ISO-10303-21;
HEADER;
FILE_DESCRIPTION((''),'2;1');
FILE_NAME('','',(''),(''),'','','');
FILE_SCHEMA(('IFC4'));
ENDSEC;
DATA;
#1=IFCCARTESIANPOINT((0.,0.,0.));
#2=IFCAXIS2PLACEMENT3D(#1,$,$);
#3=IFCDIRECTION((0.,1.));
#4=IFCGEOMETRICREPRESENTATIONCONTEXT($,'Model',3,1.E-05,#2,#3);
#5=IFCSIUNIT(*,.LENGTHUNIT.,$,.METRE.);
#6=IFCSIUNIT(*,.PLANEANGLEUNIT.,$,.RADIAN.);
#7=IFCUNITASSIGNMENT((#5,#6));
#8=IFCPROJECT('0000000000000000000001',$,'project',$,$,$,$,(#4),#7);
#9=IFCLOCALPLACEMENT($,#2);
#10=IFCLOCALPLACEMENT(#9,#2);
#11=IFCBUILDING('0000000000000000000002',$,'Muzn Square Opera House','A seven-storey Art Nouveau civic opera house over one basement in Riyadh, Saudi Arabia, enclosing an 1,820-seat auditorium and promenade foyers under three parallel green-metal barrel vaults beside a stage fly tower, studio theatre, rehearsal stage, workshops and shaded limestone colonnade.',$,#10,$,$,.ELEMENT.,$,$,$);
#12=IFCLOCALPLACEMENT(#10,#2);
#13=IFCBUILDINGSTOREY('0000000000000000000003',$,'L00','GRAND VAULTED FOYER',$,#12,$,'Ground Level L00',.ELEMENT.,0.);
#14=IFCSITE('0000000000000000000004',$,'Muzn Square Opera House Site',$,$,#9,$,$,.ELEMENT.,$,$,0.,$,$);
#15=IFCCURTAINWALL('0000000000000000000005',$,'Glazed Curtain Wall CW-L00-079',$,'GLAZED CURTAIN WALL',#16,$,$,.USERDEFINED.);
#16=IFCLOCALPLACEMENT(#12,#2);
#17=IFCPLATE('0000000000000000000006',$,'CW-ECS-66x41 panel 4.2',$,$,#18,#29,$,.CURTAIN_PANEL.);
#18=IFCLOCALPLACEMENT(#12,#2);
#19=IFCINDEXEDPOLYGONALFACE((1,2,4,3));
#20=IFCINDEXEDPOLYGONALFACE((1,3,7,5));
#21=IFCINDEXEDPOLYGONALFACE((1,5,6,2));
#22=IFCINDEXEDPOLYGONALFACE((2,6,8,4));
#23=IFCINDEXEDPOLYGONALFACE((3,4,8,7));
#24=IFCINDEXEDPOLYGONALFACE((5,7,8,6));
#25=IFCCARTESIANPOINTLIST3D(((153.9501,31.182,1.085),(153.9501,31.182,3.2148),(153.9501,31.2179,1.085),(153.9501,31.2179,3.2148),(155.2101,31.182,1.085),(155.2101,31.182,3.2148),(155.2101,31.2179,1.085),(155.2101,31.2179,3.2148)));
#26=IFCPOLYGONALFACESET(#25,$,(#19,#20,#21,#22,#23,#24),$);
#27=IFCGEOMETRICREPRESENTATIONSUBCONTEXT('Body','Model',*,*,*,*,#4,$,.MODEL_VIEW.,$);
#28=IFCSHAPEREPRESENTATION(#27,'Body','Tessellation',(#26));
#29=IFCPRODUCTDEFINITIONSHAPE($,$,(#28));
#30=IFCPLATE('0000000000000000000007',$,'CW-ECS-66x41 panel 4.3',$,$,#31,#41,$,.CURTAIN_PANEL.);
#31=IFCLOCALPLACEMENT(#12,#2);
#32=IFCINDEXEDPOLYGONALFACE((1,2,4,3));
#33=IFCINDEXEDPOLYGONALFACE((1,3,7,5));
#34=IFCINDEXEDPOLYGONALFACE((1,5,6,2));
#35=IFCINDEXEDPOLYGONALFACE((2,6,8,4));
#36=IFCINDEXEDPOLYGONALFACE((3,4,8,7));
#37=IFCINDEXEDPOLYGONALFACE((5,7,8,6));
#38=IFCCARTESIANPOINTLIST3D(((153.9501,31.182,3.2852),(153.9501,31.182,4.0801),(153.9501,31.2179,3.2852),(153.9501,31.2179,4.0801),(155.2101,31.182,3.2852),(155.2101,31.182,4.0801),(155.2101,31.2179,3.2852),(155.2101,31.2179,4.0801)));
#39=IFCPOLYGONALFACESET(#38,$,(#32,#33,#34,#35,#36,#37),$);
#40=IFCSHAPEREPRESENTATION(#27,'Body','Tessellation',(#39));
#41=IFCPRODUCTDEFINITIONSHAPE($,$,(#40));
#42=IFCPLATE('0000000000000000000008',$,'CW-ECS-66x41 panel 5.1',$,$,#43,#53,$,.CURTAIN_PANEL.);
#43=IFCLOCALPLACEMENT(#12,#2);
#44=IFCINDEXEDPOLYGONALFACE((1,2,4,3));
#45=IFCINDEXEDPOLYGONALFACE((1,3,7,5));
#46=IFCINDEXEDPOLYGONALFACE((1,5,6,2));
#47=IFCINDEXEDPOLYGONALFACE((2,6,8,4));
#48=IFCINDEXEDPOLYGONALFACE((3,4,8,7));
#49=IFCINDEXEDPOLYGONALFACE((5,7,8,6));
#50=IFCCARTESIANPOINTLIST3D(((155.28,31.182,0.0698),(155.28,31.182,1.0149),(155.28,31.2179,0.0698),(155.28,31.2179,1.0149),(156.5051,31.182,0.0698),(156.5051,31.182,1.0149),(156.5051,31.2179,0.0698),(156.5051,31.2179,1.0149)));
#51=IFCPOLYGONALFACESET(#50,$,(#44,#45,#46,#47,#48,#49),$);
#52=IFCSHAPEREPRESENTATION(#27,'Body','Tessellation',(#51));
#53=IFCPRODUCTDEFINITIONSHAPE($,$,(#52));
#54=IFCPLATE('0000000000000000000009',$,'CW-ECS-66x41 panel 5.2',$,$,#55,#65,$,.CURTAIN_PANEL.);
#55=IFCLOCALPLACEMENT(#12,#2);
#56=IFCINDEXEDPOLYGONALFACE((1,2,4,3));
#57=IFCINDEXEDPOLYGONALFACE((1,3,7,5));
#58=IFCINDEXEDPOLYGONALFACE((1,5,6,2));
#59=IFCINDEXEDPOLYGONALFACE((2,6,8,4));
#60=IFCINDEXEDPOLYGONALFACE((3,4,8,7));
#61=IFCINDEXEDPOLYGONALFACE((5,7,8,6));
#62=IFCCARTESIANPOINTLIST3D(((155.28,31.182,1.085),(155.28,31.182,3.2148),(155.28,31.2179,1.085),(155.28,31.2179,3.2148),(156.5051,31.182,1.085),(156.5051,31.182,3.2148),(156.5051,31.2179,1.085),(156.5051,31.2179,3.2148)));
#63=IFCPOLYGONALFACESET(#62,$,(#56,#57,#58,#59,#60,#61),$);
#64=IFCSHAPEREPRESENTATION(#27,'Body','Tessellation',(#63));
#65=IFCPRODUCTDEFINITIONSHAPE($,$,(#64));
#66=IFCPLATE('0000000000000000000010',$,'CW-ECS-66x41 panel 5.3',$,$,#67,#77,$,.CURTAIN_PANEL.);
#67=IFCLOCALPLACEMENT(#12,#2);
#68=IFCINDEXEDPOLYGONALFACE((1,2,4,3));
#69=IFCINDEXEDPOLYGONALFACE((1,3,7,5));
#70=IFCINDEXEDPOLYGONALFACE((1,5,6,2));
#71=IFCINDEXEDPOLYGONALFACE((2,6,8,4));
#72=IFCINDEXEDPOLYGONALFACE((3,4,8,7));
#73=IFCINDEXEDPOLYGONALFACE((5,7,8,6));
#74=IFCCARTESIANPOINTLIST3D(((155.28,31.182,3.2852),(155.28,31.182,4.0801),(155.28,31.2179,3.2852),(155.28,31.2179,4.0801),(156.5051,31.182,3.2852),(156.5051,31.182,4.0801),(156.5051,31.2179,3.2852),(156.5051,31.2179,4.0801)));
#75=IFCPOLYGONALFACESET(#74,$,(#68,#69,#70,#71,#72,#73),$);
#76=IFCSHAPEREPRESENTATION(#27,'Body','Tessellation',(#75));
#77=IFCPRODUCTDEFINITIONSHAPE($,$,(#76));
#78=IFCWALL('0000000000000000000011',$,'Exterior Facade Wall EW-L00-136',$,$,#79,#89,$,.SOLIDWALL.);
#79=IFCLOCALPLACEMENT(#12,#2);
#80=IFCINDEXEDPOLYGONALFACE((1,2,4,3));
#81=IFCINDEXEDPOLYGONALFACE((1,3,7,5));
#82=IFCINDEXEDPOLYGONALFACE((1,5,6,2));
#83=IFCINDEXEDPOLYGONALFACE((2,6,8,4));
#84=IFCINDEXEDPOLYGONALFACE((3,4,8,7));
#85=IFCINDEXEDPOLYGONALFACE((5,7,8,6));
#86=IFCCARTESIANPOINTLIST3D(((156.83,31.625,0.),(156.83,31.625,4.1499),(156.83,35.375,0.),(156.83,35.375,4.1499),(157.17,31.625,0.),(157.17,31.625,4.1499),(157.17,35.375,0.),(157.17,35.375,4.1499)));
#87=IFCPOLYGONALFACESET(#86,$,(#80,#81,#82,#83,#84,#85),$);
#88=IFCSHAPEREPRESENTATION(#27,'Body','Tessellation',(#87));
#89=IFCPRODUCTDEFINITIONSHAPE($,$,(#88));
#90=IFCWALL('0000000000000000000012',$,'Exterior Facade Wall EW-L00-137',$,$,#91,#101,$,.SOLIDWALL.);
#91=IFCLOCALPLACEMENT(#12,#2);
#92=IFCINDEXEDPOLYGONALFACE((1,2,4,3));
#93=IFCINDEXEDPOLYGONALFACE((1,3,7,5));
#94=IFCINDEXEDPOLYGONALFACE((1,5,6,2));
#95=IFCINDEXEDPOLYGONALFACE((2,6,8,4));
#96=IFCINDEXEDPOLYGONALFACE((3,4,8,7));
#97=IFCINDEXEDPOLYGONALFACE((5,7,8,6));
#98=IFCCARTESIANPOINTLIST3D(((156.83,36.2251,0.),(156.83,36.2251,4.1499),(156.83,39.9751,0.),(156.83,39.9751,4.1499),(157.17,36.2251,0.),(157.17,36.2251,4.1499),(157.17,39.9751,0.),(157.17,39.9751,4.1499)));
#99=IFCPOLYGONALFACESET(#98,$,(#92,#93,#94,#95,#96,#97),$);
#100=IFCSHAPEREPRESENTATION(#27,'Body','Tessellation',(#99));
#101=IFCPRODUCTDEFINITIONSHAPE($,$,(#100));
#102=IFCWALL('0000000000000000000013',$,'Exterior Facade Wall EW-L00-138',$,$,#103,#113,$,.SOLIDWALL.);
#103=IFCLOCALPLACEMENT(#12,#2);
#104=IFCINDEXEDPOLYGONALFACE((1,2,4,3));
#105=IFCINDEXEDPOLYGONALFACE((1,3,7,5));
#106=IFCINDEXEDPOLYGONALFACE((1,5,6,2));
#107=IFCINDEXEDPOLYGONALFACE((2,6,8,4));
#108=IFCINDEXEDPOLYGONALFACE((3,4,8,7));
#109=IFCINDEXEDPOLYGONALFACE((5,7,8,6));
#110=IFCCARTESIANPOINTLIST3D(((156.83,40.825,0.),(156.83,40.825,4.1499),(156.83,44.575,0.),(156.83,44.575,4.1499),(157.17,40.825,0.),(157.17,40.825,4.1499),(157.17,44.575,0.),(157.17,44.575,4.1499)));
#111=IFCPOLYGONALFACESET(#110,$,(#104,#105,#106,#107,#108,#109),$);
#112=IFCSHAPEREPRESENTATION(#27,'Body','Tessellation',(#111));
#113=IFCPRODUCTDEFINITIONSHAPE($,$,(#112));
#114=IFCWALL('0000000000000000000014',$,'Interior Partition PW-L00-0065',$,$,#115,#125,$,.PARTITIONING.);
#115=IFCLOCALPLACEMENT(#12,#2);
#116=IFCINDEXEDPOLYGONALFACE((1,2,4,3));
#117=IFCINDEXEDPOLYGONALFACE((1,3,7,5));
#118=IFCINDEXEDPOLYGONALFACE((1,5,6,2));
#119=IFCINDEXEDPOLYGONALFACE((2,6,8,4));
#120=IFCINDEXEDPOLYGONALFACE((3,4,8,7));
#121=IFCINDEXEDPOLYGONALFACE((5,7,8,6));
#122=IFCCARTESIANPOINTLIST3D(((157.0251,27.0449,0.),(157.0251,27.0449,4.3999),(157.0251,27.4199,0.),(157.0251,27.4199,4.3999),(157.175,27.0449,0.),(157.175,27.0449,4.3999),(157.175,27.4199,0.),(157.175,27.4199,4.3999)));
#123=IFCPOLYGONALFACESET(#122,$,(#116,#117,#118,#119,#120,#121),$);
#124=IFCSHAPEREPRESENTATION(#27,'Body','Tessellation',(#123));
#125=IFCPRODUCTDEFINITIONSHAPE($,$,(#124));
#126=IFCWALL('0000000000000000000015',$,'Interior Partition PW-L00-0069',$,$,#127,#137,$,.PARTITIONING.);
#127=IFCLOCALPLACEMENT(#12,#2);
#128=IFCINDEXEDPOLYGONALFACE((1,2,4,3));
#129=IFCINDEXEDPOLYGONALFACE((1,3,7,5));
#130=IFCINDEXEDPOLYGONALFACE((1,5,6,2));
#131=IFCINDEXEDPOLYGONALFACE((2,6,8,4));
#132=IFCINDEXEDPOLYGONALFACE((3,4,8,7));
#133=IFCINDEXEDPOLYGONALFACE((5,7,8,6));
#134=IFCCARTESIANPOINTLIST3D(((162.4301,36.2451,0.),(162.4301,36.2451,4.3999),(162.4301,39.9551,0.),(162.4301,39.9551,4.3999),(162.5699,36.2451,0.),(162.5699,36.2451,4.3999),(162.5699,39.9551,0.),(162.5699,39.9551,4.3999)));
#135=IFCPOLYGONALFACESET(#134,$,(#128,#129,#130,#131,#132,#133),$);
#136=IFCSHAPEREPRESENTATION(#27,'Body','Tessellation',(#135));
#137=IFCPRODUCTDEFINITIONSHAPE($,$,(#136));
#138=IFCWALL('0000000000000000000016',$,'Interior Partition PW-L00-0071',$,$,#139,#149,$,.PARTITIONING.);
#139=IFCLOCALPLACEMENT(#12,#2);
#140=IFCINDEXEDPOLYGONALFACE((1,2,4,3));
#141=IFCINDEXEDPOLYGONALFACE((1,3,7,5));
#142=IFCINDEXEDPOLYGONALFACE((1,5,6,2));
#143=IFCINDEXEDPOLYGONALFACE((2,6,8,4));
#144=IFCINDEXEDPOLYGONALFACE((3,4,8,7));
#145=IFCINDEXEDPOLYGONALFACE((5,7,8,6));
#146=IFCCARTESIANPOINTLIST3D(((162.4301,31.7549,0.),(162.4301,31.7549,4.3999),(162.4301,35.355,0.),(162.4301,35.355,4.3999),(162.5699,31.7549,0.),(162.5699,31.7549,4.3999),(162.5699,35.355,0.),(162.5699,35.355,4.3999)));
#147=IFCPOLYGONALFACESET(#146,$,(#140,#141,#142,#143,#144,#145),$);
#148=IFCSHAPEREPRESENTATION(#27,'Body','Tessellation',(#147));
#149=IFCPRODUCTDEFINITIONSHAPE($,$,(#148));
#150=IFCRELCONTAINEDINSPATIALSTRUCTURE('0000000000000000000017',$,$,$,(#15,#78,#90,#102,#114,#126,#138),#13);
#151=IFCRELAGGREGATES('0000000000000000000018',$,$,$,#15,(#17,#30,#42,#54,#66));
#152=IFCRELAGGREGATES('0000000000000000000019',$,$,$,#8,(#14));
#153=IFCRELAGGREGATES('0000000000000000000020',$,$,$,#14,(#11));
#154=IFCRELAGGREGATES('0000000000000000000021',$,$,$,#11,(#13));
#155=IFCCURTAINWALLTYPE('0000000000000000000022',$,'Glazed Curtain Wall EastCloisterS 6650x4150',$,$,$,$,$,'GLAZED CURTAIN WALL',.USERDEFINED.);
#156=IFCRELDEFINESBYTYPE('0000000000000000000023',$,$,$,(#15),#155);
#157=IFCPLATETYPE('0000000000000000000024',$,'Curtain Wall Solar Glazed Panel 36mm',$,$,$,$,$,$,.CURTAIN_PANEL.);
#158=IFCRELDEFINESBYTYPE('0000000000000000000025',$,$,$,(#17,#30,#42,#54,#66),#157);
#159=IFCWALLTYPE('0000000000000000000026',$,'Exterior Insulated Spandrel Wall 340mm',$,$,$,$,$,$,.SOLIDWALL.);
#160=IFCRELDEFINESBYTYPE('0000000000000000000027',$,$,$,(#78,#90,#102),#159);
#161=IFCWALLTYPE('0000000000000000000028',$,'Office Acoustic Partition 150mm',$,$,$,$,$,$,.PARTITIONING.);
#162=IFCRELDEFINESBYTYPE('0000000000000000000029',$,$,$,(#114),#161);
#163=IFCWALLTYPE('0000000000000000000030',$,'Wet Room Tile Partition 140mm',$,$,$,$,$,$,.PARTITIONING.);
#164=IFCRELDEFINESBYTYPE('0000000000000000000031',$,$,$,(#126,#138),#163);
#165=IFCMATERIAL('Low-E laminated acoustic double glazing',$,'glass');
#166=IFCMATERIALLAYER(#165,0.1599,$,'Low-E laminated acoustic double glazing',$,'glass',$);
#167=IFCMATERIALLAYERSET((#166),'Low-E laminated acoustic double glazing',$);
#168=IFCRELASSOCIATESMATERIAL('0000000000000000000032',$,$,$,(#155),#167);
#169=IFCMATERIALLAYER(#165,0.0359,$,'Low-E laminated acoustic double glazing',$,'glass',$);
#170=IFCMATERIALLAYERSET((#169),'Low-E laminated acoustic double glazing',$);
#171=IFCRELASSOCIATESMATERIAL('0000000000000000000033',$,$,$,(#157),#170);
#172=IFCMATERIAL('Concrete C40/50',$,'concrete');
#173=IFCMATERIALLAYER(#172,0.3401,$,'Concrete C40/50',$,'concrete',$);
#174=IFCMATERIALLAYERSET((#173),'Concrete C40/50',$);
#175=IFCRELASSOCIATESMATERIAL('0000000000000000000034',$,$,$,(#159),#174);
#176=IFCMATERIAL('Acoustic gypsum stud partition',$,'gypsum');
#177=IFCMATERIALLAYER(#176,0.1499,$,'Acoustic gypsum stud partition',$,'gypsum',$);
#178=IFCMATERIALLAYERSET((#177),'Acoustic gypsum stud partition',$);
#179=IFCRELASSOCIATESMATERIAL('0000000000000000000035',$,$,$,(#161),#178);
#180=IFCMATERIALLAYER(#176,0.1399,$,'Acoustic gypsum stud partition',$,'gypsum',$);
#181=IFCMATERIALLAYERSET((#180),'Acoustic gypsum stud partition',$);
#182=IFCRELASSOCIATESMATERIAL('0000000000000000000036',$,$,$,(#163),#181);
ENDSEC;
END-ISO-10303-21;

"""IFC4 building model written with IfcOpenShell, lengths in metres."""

from ifc_helpers import new_model, si_unit, direction, frame, frame_2d, origin, origin_2d, place, context, subcontext, project, spatial, rectangle, extrude, material, layer, layer_set, type_object, element, aggregate, save


model = new_model("IFC4")

# Units and contexts
model_context = context("Model", 3, precision=1e-05, world=origin(), true_north=direction((0.0, 1.0)))
body_context = subcontext(model_context, "Body", "Model", "MODEL_VIEW")
ifc_project = project(units=[si_unit("LENGTHUNIT", "METRE"), si_unit("PLANEANGLEUNIT", "RADIAN")], contexts=[model_context])

# Site, building, storey
site_placement = place(None, origin())
site = spatial("IfcSite", under=ifc_project, at=site_placement, Name="Muzn Square Opera House Site", CompositionType="ELEMENT", RefElevation=0.0)
building_placement = place(site_placement, origin())
building = spatial("IfcBuilding", under=site, at=building_placement, Name="Muzn Square Opera House", Description="A seven-storey Art Nouveau civic opera house over one basement in Riyadh, Saudi Arabia, enclosing an 1,820-seat auditorium and promenade foyers under three parallel green-metal barrel vaults beside a stage fly tower, studio theatre, rehearsal stage, workshops and shaded limestone colonnade.", CompositionType="ELEMENT")
storey_placement = place(building_placement, origin())
storey = spatial("IfcBuildingStorey", under=building, at=storey_placement, Name="L00", Description="GRAND VAULTED FOYER", LongName="Ground Level L00", CompositionType="ELEMENT", Elevation=0.0)

# Curtain wall
ifc_material_1 = material(Name="Low-E laminated acoustic double glazing", Category="glass")
ifc_layer_1 = layer(ifc_material_1, 0.1599, Name="Low-E laminated acoustic double glazing", Category="glass")
ifc_layer_set_1 = layer_set([ifc_layer_1], Name="Low-E laminated acoustic double glazing")
curtain_wall_type = type_object("IfcCurtainWallType", Name="Glazed Curtain Wall EastCloisterS 6650x4150", ElementType="GLAZED CURTAIN WALL", PredefinedType="USERDEFINED", material=ifc_layer_set_1)
curtain_wall_placement = place(storey_placement, origin())
curtain_wall = element("IfcCurtainWall", 1, at=curtain_wall_placement, inside=storey, type_object=curtain_wall_type, Name="Glazed Curtain Wall CW-L00-079", ObjectType="GLAZED CURTAIN WALL", PredefinedType="USERDEFINED")

# Shared definitions
ifc_material_2 = material(Name="Concrete C40/50", Category="concrete")

# Plates
ifc_layer_2 = layer(ifc_material_1, 0.0359, Name="Low-E laminated acoustic double glazing", Category="glass")
ifc_layer_set_2 = layer_set([ifc_layer_2], Name="Low-E laminated acoustic double glazing")
plate_type = type_object("IfcPlateType", Name="Curtain Wall Solar Glazed Panel 36mm", PredefinedType="CURTAIN_PANEL", material=ifc_layer_set_2)
plate_1_placement = place(storey_placement, frame((154.5801, 31.2, 1.085), z_axis=(0.0, 0.0, 1.0), x_axis=(1.0, 0.0, 0.0)))
plate_1 = element("IfcPlate", 2, at=plate_1_placement, type_object=plate_type, Name="CW-ECS-66x41 panel 4.2", PredefinedType="CURTAIN_PANEL", context=body_context, shape_type="SweptSolid", body=[
    extrude(rectangle(XDim=1.26, YDim=0.0359, at=origin_2d()), origin(), (0.0, 0.0, 1.0), 2.1299),
])
plate_2_placement = place(storey_placement, frame((154.5801, 31.2, 3.2852), z_axis=(0.0, 0.0, 1.0), x_axis=(1.0, 0.0, 0.0)))
plate_2 = element("IfcPlate", 3, at=plate_2_placement, type_object=plate_type, Name="CW-ECS-66x41 panel 4.3", PredefinedType="CURTAIN_PANEL", context=body_context, shape_type="SweptSolid", body=[
    extrude(rectangle(XDim=1.26, YDim=0.0359, at=origin_2d()), origin(), (0.0, 0.0, 1.0), 0.7949),
])
plate_3_placement = place(storey_placement, frame((155.8926, 31.2, 0.0698), z_axis=(0.0, 0.0, 1.0), x_axis=(1.0, 0.0, 0.0)))
plate_3 = element("IfcPlate", 4, at=plate_3_placement, type_object=plate_type, Name="CW-ECS-66x41 panel 5.1", PredefinedType="CURTAIN_PANEL", context=body_context, shape_type="SweptSolid", body=[
    extrude(rectangle(XDim=1.2251, YDim=0.0359, at=origin_2d()), origin(), (0.0, 0.0, 1.0), 0.9451),
])
plate_4_placement = place(storey_placement, frame((155.8926, 31.2, 1.085), z_axis=(0.0, 0.0, 1.0), x_axis=(1.0, 0.0, 0.0)))
plate_4 = element("IfcPlate", 5, at=plate_4_placement, type_object=plate_type, Name="CW-ECS-66x41 panel 5.2", PredefinedType="CURTAIN_PANEL", context=body_context, shape_type="SweptSolid", body=[
    extrude(rectangle(XDim=1.2251, YDim=0.0359, at=origin_2d()), origin(), (0.0, 0.0, 1.0), 2.1299),
])
plate_5_placement = place(storey_placement, frame((155.8926, 31.2, 3.2852), z_axis=(0.0, 0.0, 1.0), x_axis=(1.0, 0.0, 0.0)))
plate_5 = element("IfcPlate", 6, at=plate_5_placement, type_object=plate_type, Name="CW-ECS-66x41 panel 5.3", PredefinedType="CURTAIN_PANEL", context=body_context, shape_type="SweptSolid", body=[
    extrude(rectangle(XDim=1.2251, YDim=0.0359, at=origin_2d()), origin(), (0.0, 0.0, 1.0), 0.7949),
])
aggregate(curtain_wall, [plate_1, plate_2, plate_3, plate_4, plate_5])

# Walls
ifc_layer_3 = layer(ifc_material_2, 0.3401, Name="Concrete C40/50", Category="concrete")
ifc_layer_set_3 = layer_set([ifc_layer_3], Name="Concrete C40/50")
wall_type_1 = type_object("IfcWallType", Name="Exterior Insulated Spandrel Wall 340mm", PredefinedType="SOLIDWALL", material=ifc_layer_set_3)
for number, where, z_axis, x_axis, name in (
    (7, (157.0, 31.625, 0.0), (0.0, 0.0, 1.0), (0.0, 1.0, 0.0), "Exterior Facade Wall EW-L00-136"),
    (8, (157.0, 36.2251, 0.0), (0.0, 0.0, 1.0), (0.0, 1.0, 0.0), "Exterior Facade Wall EW-L00-137"),
    (9, (157.0, 40.825, 0.0), (0.0, 0.0, 1.0), (0.0, 1.0, 0.0), "Exterior Facade Wall EW-L00-138"),
):
    element("IfcWall", number, at=place(storey_placement, frame(where, z_axis=z_axis, x_axis=x_axis)), inside=storey, type_object=wall_type_1, Name=name, PredefinedType="SOLIDWALL", context=body_context, shape_type="SweptSolid", body=[
        extrude(rectangle(XDim=3.75, YDim=0.3401, at=frame_2d((1.875, 0.0))), origin(), (0.0, 0.0, 1.0), 4.1499),
    ])
ifc_material_3 = material(Name="Acoustic gypsum stud partition", Category="gypsum")
ifc_layer_4 = layer(ifc_material_3, 0.1499, Name="Acoustic gypsum stud partition", Category="gypsum")
ifc_layer_set_4 = layer_set([ifc_layer_4], Name="Acoustic gypsum stud partition")
wall_type_2 = type_object("IfcWallType", Name="Office Acoustic Partition 150mm", PredefinedType="PARTITIONING", material=ifc_layer_set_4)
wall_1_placement = place(storey_placement, frame((157.1001, 27.0449, 0.0), z_axis=(0.0, 0.0, 1.0), x_axis=(0.0, 1.0, 0.0)))
element("IfcWall", 10, at=wall_1_placement, inside=storey, type_object=wall_type_2, Name="Interior Partition PW-L00-0065", PredefinedType="PARTITIONING", context=body_context, shape_type="SweptSolid", body=[
    extrude(rectangle(XDim=0.375, YDim=0.1499, at=frame_2d((0.1875, 0.0))), origin(), (0.0, 0.0, 1.0), 4.3999),
])
ifc_layer_5 = layer(ifc_material_3, 0.1399, Name="Acoustic gypsum stud partition", Category="gypsum")
ifc_layer_set_5 = layer_set([ifc_layer_5], Name="Acoustic gypsum stud partition")
wall_type_3 = type_object("IfcWallType", Name="Wet Room Tile Partition 140mm", PredefinedType="PARTITIONING", material=ifc_layer_set_5)
wall_2_placement = place(storey_placement, frame((162.5, 36.2451, 0.0), z_axis=(0.0, 0.0, 1.0), x_axis=(0.0, 1.0, 0.0)))
element("IfcWall", 11, at=wall_2_placement, inside=storey, type_object=wall_type_3, Name="Interior Partition PW-L00-0069", PredefinedType="PARTITIONING", context=body_context, shape_type="SweptSolid", body=[
    extrude(rectangle(XDim=3.71, YDim=0.1399, at=frame_2d((1.855, 0.0))), origin(), (0.0, 0.0, 1.0), 4.3999),
])
wall_3_placement = place(storey_placement, frame((162.5, 31.7549, 0.0), z_axis=(0.0, 0.0, 1.0), x_axis=(0.0, 1.0, 0.0)))
element("IfcWall", 12, at=wall_3_placement, inside=storey, type_object=wall_type_3, Name="Interior Partition PW-L00-0071", PredefinedType="PARTITIONING", context=body_context, shape_type="SweptSolid", body=[
    extrude(rectangle(XDim=3.6001, YDim=0.1399, at=frame_2d((1.8, 0.0))), origin(), (0.0, 0.0, 1.0), 4.3999),
])

save(model, "model.ifc")
